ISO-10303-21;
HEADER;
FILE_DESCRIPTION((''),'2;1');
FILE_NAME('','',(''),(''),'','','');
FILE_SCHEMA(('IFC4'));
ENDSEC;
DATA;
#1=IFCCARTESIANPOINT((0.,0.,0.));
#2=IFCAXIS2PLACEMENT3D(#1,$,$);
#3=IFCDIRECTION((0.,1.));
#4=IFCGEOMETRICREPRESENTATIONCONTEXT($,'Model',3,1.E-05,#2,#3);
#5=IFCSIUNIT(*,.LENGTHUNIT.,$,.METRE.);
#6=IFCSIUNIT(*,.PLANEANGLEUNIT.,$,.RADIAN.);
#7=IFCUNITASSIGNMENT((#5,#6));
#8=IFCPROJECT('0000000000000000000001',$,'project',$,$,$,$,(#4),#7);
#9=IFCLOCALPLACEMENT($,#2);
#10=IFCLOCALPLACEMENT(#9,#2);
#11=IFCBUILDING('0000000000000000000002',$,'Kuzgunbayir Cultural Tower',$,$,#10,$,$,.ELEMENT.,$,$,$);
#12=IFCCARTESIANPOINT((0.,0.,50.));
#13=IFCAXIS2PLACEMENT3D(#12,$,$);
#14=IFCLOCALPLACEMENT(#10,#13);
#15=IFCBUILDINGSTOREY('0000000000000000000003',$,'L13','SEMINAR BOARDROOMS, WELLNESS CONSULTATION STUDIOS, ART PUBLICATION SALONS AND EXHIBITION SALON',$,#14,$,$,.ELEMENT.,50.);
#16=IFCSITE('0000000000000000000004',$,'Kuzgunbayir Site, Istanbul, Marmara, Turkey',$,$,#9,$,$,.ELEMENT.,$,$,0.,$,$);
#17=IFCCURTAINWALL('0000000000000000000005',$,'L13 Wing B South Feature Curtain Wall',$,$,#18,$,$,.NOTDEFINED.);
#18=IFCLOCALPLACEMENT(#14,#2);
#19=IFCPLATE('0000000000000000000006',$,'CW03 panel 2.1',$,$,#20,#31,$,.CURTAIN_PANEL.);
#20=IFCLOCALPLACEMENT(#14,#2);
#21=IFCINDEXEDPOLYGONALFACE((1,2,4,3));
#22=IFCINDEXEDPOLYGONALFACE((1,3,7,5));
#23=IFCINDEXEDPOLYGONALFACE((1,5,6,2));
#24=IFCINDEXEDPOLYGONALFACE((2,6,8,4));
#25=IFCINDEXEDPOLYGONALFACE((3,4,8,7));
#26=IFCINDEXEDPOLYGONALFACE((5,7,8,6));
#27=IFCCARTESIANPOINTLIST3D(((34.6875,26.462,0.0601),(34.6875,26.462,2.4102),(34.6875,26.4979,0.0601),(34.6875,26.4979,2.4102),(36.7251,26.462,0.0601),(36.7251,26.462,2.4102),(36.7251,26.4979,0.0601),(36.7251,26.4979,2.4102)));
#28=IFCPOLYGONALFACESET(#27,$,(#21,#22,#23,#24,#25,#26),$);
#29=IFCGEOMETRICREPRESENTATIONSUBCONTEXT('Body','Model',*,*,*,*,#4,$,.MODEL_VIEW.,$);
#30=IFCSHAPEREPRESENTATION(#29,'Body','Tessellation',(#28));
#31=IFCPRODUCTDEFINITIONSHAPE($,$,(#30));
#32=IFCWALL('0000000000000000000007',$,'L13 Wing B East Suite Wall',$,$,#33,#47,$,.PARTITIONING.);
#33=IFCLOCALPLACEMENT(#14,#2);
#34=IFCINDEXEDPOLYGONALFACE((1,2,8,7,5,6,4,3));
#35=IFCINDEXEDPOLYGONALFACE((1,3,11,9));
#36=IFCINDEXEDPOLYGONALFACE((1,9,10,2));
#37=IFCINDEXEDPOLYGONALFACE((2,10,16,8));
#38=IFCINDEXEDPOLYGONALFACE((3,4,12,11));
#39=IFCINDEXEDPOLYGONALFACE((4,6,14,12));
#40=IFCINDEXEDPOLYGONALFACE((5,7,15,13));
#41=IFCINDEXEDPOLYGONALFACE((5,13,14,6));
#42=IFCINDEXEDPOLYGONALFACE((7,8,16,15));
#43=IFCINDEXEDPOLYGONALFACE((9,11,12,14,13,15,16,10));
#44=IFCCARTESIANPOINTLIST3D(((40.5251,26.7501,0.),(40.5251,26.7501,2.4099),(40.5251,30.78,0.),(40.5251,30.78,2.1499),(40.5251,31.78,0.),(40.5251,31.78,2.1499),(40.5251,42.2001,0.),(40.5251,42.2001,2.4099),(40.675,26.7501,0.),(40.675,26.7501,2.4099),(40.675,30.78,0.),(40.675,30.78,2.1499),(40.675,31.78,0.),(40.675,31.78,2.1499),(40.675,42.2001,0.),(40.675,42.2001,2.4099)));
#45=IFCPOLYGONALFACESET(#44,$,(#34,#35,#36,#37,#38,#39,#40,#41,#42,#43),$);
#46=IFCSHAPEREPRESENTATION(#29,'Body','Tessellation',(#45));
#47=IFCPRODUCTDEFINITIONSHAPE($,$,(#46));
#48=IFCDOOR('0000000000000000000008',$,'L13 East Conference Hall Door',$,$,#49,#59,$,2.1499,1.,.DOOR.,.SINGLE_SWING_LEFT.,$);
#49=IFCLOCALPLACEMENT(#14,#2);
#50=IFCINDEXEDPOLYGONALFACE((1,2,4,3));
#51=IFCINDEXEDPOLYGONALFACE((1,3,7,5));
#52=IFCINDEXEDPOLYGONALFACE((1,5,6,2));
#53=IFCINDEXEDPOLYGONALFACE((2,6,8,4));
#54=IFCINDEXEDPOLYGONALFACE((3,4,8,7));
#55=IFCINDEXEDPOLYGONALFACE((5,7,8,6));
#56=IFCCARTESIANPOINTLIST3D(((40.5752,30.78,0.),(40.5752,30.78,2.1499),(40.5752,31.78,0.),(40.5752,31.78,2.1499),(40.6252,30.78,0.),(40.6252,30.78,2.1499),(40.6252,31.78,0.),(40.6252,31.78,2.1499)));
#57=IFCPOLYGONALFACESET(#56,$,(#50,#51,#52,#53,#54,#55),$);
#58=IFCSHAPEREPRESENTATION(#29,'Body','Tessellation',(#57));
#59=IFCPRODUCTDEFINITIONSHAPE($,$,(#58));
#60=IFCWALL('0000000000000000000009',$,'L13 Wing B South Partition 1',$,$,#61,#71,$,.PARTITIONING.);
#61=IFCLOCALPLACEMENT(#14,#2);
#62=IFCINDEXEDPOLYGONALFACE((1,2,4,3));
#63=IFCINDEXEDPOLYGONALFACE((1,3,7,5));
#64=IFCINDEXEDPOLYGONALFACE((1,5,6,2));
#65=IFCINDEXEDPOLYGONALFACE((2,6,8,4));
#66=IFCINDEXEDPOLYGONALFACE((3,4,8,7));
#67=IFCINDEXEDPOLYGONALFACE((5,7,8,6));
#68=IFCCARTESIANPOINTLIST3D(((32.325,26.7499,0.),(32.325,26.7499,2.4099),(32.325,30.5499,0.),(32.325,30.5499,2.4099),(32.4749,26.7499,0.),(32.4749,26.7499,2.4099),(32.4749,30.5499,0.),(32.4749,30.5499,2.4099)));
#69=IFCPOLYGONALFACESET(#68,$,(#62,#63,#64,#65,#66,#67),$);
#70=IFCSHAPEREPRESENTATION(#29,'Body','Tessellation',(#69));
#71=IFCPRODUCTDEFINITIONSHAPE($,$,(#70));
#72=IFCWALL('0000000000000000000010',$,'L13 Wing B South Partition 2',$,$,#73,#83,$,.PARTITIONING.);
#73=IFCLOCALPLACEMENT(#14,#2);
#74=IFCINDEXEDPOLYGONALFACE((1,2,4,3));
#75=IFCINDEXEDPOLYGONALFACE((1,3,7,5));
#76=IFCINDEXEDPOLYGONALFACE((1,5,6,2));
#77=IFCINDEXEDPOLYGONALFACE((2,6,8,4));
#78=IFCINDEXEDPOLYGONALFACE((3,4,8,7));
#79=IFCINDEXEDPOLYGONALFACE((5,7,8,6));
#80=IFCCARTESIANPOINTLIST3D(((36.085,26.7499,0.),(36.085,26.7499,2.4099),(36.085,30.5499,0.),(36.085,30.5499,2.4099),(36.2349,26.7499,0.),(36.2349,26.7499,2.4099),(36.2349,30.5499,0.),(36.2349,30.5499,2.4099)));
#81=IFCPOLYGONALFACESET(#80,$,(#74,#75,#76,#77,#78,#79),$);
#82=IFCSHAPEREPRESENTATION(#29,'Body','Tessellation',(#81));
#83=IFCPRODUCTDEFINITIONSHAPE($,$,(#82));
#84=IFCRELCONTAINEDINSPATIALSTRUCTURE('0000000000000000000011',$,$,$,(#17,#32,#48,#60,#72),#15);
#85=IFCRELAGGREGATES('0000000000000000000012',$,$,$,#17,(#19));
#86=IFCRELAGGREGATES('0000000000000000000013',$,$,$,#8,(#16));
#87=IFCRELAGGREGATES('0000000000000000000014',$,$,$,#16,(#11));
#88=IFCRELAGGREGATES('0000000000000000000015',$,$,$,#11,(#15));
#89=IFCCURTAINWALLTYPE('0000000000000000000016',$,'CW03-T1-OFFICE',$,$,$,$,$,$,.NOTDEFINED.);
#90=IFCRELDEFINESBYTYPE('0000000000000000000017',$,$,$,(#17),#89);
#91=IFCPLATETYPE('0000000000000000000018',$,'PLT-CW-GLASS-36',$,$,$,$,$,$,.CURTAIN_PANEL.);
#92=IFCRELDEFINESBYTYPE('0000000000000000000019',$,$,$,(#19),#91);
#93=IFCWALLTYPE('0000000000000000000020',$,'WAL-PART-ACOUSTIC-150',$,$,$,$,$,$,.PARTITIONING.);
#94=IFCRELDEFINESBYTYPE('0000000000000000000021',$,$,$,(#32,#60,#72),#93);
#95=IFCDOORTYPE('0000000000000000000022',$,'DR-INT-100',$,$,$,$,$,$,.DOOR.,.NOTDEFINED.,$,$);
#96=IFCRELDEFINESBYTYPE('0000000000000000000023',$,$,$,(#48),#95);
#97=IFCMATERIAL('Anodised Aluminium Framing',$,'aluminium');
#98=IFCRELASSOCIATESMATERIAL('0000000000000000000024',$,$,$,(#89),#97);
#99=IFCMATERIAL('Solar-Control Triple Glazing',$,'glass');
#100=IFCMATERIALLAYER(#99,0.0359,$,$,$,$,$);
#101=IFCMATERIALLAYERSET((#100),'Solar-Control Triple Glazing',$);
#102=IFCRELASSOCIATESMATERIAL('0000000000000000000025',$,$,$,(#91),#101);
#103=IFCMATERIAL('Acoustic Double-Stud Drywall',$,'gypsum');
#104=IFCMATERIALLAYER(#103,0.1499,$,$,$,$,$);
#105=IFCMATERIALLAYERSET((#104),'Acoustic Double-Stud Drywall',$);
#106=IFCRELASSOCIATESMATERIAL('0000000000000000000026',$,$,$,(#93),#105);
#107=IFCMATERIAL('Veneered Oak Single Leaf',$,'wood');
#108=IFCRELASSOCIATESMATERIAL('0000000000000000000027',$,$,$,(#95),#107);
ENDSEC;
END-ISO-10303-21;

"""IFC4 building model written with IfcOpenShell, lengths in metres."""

from ifc_helpers import new_model, si_unit, direction, frame, frame_2d, origin, origin_2d, place, context, subcontext, project, spatial, rectangle, extrude, material, layer, layer_set, type_object, element, fill, aggregate, save


model = new_model("IFC4")

# Units and contexts
model_context = context("Model", 3, precision=1e-05, world=origin(), true_north=direction((0.0, 1.0)))
body_context = subcontext(model_context, "Body", "Model", "MODEL_VIEW")
ifc_project = project(units=[si_unit("LENGTHUNIT", "METRE"), si_unit("PLANEANGLEUNIT", "RADIAN")], contexts=[model_context])

# Site, building, storey
site_placement = place(None, origin())
site = spatial("IfcSite", under=ifc_project, at=site_placement, Name="Kuzgunbayir Site, Istanbul, Marmara, Turkey", CompositionType="ELEMENT", RefElevation=0.0)
building_placement = place(site_placement, origin())
building = spatial("IfcBuilding", under=site, at=building_placement, Name="Kuzgunbayir Cultural Tower", CompositionType="ELEMENT")
storey_placement = place(building_placement, frame((0.0, 0.0, 50.0)))
storey = spatial("IfcBuildingStorey", under=building, at=storey_placement, Name="L13", Description="SEMINAR BOARDROOMS, WELLNESS CONSULTATION STUDIOS, ART PUBLICATION SALONS AND EXHIBITION SALON", CompositionType="ELEMENT", Elevation=50.0)

# Curtain wall, plate
ifc_material_1 = material(Name="Anodised Aluminium Framing", Category="aluminium")
curtain_wall_type = type_object("IfcCurtainWallType", Name="CW03-T1-OFFICE", PredefinedType="NOTDEFINED", material=ifc_material_1)
curtain_wall_placement = place(storey_placement, origin())
curtain_wall = element("IfcCurtainWall", 1, at=curtain_wall_placement, inside=storey, type_object=curtain_wall_type, Name="L13 Wing B South Feature Curtain Wall", PredefinedType="NOTDEFINED")
ifc_material_2 = material(Name="Solar-Control Triple Glazing", Category="glass")
ifc_layer_1 = layer(ifc_material_2, 0.0359)
ifc_layer_set_1 = layer_set([ifc_layer_1], Name="Solar-Control Triple Glazing")
plate_type = type_object("IfcPlateType", Name="PLT-CW-GLASS-36", PredefinedType="CURTAIN_PANEL", material=ifc_layer_set_1)
plate_1_placement = place(storey_placement, frame((35.7063, 26.48, 0.0601), z_axis=(0.0, 0.0, 1.0), x_axis=(1.0, 0.0, 0.0)))
plate_1 = element("IfcPlate", 2, at=plate_1_placement, type_object=plate_type, Name="CW03 panel 2.1", PredefinedType="CURTAIN_PANEL", context=body_context, shape_type="SweptSolid", body=[
    extrude(rectangle(XDim=2.0376, YDim=0.0359, at=origin_2d()), origin(), (0.0, 0.0, 1.0), 2.3501),
])
aggregate(curtain_wall, [plate_1])

# Wall, opening, door
ifc_material_3 = material(Name="Acoustic Double-Stud Drywall", Category="gypsum")
ifc_layer_2 = layer(ifc_material_3, 0.1499)
ifc_layer_set_2 = layer_set([ifc_layer_2], Name="Acoustic Double-Stud Drywall")
wall_type = type_object("IfcWallType", Name="WAL-PART-ACOUSTIC-150", PredefinedType="PARTITIONING", material=ifc_layer_set_2)
wall_placement = place(storey_placement, frame((40.6001, 26.75, 0.0), z_axis=(0.0, 0.0, 1.0), x_axis=(0.0, 1.0, 0.0)))
wall = element("IfcWall", 3, at=wall_placement, inside=storey, type_object=wall_type, Name="L13 Wing B East Suite Wall", PredefinedType="PARTITIONING", context=body_context, shape_type="SweptSolid", body=[
    extrude(rectangle(XDim=15.45, YDim=0.1499, at=frame_2d((7.7251, 0.0))), origin(), (0.0, 0.0, 1.0), 2.4099),
])
opening_placement = place(wall_placement, frame((4.03, 0.0, 0.0)))
opening = element("IfcOpeningElement", 4, at=opening_placement, cuts=wall, PredefinedType="OPENING", context=body_context, shape_type="SweptSolid", body=[
    extrude(rectangle(XDim=1.0, YDim=2.1499, at=frame_2d((0.5, 1.075))), frame((0.0, 0.085, 0.0), z_axis=(0.0, -1.0, 0.0), x_axis=(1.0, 0.0, 0.0)), (0.0, 0.0, 1.0), 0.1699),
])
ifc_material_4 = material(Name="Veneered Oak Single Leaf", Category="wood")
door_type = type_object("IfcDoorType", Name="DR-INT-100", OperationType="NOTDEFINED", PredefinedType="DOOR", material=ifc_material_4)
door_placement = place(opening_placement, origin())
door = element("IfcDoor", 5, at=door_placement, inside=storey, type_object=door_type, Name="L13 East Conference Hall Door", OperationType="SINGLE_SWING_LEFT", OverallHeight=2.1499, OverallWidth=1.0, PredefinedType="DOOR", context=body_context, shape_type="SweptSolid", body=[
    extrude(rectangle(XDim=1.0, YDim=2.1499, at=frame_2d((0.5, 1.075))), frame((0.0, 0.0249, 0.0), z_axis=(0.0, -1.0, 0.0), x_axis=(1.0, 0.0, 0.0)), (0.0, 0.0, 1.0), 0.05),
])
fill(opening, door)

# Walls
for number, where, z_axis, x_axis, name in (
    (6, (32.3999, 26.75, 0.0), (0.0, 0.0, 1.0), (0.0, 1.0, 0.0), "L13 Wing B South Partition 1"),
    (7, (36.1599, 26.75, 0.0), (0.0, 0.0, 1.0), (0.0, 1.0, 0.0), "L13 Wing B South Partition 2"),
):
    element("IfcWall", number, at=place(storey_placement, frame(where, z_axis=z_axis, x_axis=x_axis)), inside=storey, type_object=wall_type, Name=name, PredefinedType="PARTITIONING", context=body_context, shape_type="SweptSolid", body=[
        extrude(rectangle(XDim=3.8, YDim=0.1499, at=frame_2d((1.8999, 0.0))), origin(), (0.0, 0.0, 1.0), 2.4099),
    ])

save(model, "model.ifc")
